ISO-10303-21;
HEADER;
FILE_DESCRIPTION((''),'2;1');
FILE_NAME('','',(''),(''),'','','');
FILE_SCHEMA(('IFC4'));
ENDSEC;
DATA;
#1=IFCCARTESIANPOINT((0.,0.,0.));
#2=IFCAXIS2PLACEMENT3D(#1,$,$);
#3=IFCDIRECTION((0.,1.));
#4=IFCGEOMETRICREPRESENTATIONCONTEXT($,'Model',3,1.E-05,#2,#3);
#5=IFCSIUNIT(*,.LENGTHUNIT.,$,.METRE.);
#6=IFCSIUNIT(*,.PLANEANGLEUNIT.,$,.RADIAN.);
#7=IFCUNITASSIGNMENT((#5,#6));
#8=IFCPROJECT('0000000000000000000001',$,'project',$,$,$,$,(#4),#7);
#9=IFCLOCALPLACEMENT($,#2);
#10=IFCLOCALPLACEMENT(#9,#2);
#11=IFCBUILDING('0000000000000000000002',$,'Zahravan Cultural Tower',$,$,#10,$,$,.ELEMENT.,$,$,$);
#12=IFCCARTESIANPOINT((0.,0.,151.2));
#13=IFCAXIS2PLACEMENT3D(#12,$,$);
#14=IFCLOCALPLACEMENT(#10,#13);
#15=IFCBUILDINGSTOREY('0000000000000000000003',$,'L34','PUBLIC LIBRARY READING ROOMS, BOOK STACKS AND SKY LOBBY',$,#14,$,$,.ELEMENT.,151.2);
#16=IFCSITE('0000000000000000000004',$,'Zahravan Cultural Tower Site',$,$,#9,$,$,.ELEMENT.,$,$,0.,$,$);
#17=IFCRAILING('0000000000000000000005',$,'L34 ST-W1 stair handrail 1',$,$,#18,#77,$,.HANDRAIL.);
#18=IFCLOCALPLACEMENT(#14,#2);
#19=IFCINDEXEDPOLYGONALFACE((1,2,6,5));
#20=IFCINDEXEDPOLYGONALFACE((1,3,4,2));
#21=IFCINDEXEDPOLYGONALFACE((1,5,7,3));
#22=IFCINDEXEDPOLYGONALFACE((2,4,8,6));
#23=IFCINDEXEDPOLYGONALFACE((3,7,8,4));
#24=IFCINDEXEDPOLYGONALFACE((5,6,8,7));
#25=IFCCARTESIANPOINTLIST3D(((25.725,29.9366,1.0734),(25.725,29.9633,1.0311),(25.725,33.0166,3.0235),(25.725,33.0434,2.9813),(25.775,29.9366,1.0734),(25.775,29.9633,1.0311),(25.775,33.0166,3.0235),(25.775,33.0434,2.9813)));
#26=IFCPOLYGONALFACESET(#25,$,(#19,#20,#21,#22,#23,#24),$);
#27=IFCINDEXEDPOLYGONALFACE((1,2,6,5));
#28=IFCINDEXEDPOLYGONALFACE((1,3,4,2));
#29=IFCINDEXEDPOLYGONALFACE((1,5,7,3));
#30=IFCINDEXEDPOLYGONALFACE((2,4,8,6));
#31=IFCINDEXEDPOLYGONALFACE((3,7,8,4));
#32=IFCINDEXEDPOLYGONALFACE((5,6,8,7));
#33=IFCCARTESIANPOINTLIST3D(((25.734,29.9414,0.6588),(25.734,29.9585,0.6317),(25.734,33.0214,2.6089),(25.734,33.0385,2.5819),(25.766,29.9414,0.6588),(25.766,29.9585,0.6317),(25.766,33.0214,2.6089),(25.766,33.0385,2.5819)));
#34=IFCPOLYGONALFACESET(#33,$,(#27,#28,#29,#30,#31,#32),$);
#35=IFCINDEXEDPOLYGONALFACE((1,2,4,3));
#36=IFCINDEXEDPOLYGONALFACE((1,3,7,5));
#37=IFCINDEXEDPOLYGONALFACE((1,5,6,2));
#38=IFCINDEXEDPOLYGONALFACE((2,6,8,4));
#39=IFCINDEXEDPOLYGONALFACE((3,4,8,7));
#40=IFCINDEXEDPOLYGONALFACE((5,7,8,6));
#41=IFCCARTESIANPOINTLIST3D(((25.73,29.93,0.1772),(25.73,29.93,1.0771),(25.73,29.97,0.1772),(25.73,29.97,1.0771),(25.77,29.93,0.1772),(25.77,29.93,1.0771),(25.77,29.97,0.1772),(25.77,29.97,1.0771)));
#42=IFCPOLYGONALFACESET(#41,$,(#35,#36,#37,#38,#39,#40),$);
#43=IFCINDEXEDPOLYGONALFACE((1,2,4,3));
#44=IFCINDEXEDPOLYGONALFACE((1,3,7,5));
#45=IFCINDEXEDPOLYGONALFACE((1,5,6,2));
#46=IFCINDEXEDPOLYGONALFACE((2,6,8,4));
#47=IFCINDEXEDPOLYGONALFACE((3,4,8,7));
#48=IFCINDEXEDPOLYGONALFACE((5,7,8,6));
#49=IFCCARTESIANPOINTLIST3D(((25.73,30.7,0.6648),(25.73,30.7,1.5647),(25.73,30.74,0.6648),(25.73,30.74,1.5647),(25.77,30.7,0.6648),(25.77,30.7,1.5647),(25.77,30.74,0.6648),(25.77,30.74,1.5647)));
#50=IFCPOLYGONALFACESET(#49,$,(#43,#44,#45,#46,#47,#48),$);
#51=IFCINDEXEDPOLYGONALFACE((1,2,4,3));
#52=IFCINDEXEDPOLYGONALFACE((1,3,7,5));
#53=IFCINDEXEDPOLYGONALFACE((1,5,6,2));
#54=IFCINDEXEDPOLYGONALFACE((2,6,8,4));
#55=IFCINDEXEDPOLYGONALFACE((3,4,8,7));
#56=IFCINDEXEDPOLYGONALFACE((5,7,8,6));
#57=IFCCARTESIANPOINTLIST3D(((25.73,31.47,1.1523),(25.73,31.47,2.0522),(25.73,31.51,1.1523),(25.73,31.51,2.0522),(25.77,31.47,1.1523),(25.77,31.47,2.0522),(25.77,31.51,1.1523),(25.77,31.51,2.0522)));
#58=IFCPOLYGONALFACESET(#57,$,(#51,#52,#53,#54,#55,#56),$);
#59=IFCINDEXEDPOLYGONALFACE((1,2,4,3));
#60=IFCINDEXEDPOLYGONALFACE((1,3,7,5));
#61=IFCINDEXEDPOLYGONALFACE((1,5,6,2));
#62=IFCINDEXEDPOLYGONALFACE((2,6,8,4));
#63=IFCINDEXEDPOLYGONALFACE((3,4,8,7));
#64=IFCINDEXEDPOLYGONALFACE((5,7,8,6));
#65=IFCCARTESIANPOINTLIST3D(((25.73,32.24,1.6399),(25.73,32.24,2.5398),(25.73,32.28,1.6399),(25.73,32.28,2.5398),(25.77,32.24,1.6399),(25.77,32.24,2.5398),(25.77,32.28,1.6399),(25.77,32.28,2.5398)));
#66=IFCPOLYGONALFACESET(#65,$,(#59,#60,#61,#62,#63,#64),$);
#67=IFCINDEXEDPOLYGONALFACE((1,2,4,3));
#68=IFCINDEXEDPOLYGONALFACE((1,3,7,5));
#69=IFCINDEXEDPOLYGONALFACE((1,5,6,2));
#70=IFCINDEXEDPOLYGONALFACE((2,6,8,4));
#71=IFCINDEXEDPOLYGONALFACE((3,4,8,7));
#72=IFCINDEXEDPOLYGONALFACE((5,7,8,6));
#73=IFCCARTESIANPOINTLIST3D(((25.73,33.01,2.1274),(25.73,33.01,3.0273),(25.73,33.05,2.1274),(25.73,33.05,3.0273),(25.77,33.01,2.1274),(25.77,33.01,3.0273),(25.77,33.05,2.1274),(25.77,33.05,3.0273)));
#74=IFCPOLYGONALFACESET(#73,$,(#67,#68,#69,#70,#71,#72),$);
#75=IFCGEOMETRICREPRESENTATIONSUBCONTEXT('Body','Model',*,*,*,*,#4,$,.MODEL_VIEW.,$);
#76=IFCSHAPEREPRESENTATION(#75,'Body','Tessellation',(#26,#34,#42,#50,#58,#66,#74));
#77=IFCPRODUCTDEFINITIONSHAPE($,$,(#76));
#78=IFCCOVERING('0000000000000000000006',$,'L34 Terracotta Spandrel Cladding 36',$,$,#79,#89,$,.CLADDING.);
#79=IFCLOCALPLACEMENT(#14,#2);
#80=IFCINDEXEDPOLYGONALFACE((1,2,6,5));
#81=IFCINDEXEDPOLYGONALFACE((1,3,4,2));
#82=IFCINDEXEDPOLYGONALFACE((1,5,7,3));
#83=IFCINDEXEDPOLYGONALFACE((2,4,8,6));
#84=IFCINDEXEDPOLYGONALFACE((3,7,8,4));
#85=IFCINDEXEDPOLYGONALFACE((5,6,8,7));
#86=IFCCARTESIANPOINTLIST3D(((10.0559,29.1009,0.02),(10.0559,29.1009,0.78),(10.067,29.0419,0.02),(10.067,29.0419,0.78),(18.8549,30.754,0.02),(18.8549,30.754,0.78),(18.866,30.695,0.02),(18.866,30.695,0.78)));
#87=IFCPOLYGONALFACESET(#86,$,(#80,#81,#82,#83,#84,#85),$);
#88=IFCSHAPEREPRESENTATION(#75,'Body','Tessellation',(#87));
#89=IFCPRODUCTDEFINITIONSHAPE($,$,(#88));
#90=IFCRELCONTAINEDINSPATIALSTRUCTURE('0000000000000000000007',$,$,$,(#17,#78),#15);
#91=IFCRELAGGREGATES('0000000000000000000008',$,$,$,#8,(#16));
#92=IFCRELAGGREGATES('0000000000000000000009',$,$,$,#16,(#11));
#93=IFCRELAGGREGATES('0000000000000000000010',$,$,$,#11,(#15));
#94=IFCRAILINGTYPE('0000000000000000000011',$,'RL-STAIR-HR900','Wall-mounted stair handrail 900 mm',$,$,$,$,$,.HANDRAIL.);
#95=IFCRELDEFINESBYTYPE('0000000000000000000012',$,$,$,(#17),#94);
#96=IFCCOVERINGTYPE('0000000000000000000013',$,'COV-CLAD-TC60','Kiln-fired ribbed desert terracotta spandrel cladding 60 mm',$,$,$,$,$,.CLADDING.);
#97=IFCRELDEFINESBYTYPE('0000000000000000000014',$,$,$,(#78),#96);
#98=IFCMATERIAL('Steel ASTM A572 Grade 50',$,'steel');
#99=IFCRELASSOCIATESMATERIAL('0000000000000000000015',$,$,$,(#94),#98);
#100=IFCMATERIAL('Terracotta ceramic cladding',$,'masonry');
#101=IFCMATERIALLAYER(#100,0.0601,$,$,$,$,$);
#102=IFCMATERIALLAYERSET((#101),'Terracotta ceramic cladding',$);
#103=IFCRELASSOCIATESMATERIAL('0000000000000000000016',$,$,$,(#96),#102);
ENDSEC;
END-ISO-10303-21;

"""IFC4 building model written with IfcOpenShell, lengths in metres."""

from ifc_helpers import new_model, si_unit, direction, frame, origin, origin_2d, place, context, subcontext, project, spatial, rectangle, extrude, source, transform, mapped, material, layer, layer_set, type_object, element, save


model = new_model("IFC4")

# Units and contexts
model_context = context("Model", 3, precision=1e-05, world=origin(), true_north=direction((0.0, 1.0)))
body_context = subcontext(model_context, "Body", "Model", "MODEL_VIEW")
ifc_project = project(units=[si_unit("LENGTHUNIT", "METRE"), si_unit("PLANEANGLEUNIT", "RADIAN")], contexts=[model_context])

# Site, building, storey
site_placement = place(None, origin())
site = spatial("IfcSite", under=ifc_project, at=site_placement, Name="Zahravan Cultural Tower Site", CompositionType="ELEMENT", RefElevation=0.0)
building_placement = place(site_placement, origin())
building = spatial("IfcBuilding", under=site, at=building_placement, Name="Zahravan Cultural Tower", CompositionType="ELEMENT")
storey_placement = place(building_placement, frame((0.0, 0.0, 151.2)))
storey = spatial("IfcBuildingStorey", under=building, at=storey_placement, Name="L34", Description="PUBLIC LIBRARY READING ROOMS, BOOK STACKS AND SKY LOBBY", CompositionType="ELEMENT", Elevation=151.2)

# Shared definitions
ifc_material_1 = material(Name="Steel ASTM A572 Grade 50", Category="steel")

# Railing
railing_type_1 = type_object("IfcRailingType", Name="RL-STAIR-HR900", Description="Wall-mounted stair handrail 900 mm", PredefinedType="HANDRAIL", material=ifc_material_1)
railing_1_placement = place(storey_placement, frame((25.75, 29.95, 0.1772)))
element("IfcRailing", 1, at=railing_1_placement, inside=storey, type_object=railing_type_1, Name="L34 ST-W1 stair handrail 1", PredefinedType="HANDRAIL", context=body_context, shape_type="SweptSolid", body=[
    extrude(rectangle(XDim=0.05, YDim=0.05, at=origin_2d()), frame((0.0, 0.0, 0.875), z_axis=(0.0, 0.844884, 0.53495), x_axis=(-1.0, 0.0, 0.0)), (0.0, 0.0, 1.0), 3.6455),
    extrude(rectangle(XDim=0.032, YDim=0.032, at=origin_2d()), frame((0.0, 0.0, 0.468), z_axis=(0.0, 0.844884, 0.53495), x_axis=(-1.0, 0.0, 0.0)), (0.0, 0.0, 1.0), 3.6455),
    extrude(rectangle(XDim=0.04, YDim=0.04, at=origin_2d()), origin(), (0.0, 0.0, 1.0), 0.8999),
    extrude(rectangle(XDim=0.04, YDim=0.04, at=origin_2d()), frame((0.0, 0.77, 0.4875)), (0.0, 0.0, 1.0), 0.8999),
    extrude(rectangle(XDim=0.04, YDim=0.04, at=origin_2d()), frame((0.0, 1.54, 0.9751)), (0.0, 0.0, 1.0), 0.8999),
    extrude(rectangle(XDim=0.04, YDim=0.04, at=origin_2d()), frame((0.0, 2.3101, 1.4626)), (0.0, 0.0, 1.0), 0.8999),
    extrude(rectangle(XDim=0.04, YDim=0.04, at=origin_2d()), frame((0.0, 3.0801, 1.9502)), (0.0, 0.0, 1.0), 0.8999),
])

# Covering
ifc_material_2 = material(Name="Terracotta ceramic cladding", Category="masonry")
ifc_layer_1 = layer(ifc_material_2, 0.0601)
ifc_layer_set_1 = layer_set([ifc_layer_1], Name="Terracotta ceramic cladding")
covering_type = type_object("IfcCoveringType", Name="COV-CLAD-TC60", Description="Kiln-fired ribbed desert terracotta spandrel cladding 60 mm", PredefinedType="CLADDING", material=ifc_layer_set_1)
shared_shape_1 = source(origin(), body_context, "Body", "SweptSolid", [
    extrude(rectangle(XDim=8.9529, YDim=0.0601, at=origin_2d()), origin(), (0.0, 0.0, 1.0), 0.76),
])
covering_placement = place(storey_placement, frame((14.4609, 29.8979, 0.02), z_axis=(0.0, 0.0, 1.0), x_axis=(0.982807, 0.184638, 0.0)))
element("IfcCovering", 2, at=covering_placement, inside=storey, type_object=covering_type, Name="L34 Terracotta Spandrel Cladding 36", PredefinedType="CLADDING", context=body_context, shape_type="MappedRepresentation", body=[
    mapped(shared_shape_1, transform((0.0, 0.0, 0.0), x_axis=(1.0, 0.0, 0.0), y_axis=(0.0, 1.0, 0.0), z_axis=(0.0, 0.0, 1.0), scale=1.0)),
])

save(model, "model.ifc")
